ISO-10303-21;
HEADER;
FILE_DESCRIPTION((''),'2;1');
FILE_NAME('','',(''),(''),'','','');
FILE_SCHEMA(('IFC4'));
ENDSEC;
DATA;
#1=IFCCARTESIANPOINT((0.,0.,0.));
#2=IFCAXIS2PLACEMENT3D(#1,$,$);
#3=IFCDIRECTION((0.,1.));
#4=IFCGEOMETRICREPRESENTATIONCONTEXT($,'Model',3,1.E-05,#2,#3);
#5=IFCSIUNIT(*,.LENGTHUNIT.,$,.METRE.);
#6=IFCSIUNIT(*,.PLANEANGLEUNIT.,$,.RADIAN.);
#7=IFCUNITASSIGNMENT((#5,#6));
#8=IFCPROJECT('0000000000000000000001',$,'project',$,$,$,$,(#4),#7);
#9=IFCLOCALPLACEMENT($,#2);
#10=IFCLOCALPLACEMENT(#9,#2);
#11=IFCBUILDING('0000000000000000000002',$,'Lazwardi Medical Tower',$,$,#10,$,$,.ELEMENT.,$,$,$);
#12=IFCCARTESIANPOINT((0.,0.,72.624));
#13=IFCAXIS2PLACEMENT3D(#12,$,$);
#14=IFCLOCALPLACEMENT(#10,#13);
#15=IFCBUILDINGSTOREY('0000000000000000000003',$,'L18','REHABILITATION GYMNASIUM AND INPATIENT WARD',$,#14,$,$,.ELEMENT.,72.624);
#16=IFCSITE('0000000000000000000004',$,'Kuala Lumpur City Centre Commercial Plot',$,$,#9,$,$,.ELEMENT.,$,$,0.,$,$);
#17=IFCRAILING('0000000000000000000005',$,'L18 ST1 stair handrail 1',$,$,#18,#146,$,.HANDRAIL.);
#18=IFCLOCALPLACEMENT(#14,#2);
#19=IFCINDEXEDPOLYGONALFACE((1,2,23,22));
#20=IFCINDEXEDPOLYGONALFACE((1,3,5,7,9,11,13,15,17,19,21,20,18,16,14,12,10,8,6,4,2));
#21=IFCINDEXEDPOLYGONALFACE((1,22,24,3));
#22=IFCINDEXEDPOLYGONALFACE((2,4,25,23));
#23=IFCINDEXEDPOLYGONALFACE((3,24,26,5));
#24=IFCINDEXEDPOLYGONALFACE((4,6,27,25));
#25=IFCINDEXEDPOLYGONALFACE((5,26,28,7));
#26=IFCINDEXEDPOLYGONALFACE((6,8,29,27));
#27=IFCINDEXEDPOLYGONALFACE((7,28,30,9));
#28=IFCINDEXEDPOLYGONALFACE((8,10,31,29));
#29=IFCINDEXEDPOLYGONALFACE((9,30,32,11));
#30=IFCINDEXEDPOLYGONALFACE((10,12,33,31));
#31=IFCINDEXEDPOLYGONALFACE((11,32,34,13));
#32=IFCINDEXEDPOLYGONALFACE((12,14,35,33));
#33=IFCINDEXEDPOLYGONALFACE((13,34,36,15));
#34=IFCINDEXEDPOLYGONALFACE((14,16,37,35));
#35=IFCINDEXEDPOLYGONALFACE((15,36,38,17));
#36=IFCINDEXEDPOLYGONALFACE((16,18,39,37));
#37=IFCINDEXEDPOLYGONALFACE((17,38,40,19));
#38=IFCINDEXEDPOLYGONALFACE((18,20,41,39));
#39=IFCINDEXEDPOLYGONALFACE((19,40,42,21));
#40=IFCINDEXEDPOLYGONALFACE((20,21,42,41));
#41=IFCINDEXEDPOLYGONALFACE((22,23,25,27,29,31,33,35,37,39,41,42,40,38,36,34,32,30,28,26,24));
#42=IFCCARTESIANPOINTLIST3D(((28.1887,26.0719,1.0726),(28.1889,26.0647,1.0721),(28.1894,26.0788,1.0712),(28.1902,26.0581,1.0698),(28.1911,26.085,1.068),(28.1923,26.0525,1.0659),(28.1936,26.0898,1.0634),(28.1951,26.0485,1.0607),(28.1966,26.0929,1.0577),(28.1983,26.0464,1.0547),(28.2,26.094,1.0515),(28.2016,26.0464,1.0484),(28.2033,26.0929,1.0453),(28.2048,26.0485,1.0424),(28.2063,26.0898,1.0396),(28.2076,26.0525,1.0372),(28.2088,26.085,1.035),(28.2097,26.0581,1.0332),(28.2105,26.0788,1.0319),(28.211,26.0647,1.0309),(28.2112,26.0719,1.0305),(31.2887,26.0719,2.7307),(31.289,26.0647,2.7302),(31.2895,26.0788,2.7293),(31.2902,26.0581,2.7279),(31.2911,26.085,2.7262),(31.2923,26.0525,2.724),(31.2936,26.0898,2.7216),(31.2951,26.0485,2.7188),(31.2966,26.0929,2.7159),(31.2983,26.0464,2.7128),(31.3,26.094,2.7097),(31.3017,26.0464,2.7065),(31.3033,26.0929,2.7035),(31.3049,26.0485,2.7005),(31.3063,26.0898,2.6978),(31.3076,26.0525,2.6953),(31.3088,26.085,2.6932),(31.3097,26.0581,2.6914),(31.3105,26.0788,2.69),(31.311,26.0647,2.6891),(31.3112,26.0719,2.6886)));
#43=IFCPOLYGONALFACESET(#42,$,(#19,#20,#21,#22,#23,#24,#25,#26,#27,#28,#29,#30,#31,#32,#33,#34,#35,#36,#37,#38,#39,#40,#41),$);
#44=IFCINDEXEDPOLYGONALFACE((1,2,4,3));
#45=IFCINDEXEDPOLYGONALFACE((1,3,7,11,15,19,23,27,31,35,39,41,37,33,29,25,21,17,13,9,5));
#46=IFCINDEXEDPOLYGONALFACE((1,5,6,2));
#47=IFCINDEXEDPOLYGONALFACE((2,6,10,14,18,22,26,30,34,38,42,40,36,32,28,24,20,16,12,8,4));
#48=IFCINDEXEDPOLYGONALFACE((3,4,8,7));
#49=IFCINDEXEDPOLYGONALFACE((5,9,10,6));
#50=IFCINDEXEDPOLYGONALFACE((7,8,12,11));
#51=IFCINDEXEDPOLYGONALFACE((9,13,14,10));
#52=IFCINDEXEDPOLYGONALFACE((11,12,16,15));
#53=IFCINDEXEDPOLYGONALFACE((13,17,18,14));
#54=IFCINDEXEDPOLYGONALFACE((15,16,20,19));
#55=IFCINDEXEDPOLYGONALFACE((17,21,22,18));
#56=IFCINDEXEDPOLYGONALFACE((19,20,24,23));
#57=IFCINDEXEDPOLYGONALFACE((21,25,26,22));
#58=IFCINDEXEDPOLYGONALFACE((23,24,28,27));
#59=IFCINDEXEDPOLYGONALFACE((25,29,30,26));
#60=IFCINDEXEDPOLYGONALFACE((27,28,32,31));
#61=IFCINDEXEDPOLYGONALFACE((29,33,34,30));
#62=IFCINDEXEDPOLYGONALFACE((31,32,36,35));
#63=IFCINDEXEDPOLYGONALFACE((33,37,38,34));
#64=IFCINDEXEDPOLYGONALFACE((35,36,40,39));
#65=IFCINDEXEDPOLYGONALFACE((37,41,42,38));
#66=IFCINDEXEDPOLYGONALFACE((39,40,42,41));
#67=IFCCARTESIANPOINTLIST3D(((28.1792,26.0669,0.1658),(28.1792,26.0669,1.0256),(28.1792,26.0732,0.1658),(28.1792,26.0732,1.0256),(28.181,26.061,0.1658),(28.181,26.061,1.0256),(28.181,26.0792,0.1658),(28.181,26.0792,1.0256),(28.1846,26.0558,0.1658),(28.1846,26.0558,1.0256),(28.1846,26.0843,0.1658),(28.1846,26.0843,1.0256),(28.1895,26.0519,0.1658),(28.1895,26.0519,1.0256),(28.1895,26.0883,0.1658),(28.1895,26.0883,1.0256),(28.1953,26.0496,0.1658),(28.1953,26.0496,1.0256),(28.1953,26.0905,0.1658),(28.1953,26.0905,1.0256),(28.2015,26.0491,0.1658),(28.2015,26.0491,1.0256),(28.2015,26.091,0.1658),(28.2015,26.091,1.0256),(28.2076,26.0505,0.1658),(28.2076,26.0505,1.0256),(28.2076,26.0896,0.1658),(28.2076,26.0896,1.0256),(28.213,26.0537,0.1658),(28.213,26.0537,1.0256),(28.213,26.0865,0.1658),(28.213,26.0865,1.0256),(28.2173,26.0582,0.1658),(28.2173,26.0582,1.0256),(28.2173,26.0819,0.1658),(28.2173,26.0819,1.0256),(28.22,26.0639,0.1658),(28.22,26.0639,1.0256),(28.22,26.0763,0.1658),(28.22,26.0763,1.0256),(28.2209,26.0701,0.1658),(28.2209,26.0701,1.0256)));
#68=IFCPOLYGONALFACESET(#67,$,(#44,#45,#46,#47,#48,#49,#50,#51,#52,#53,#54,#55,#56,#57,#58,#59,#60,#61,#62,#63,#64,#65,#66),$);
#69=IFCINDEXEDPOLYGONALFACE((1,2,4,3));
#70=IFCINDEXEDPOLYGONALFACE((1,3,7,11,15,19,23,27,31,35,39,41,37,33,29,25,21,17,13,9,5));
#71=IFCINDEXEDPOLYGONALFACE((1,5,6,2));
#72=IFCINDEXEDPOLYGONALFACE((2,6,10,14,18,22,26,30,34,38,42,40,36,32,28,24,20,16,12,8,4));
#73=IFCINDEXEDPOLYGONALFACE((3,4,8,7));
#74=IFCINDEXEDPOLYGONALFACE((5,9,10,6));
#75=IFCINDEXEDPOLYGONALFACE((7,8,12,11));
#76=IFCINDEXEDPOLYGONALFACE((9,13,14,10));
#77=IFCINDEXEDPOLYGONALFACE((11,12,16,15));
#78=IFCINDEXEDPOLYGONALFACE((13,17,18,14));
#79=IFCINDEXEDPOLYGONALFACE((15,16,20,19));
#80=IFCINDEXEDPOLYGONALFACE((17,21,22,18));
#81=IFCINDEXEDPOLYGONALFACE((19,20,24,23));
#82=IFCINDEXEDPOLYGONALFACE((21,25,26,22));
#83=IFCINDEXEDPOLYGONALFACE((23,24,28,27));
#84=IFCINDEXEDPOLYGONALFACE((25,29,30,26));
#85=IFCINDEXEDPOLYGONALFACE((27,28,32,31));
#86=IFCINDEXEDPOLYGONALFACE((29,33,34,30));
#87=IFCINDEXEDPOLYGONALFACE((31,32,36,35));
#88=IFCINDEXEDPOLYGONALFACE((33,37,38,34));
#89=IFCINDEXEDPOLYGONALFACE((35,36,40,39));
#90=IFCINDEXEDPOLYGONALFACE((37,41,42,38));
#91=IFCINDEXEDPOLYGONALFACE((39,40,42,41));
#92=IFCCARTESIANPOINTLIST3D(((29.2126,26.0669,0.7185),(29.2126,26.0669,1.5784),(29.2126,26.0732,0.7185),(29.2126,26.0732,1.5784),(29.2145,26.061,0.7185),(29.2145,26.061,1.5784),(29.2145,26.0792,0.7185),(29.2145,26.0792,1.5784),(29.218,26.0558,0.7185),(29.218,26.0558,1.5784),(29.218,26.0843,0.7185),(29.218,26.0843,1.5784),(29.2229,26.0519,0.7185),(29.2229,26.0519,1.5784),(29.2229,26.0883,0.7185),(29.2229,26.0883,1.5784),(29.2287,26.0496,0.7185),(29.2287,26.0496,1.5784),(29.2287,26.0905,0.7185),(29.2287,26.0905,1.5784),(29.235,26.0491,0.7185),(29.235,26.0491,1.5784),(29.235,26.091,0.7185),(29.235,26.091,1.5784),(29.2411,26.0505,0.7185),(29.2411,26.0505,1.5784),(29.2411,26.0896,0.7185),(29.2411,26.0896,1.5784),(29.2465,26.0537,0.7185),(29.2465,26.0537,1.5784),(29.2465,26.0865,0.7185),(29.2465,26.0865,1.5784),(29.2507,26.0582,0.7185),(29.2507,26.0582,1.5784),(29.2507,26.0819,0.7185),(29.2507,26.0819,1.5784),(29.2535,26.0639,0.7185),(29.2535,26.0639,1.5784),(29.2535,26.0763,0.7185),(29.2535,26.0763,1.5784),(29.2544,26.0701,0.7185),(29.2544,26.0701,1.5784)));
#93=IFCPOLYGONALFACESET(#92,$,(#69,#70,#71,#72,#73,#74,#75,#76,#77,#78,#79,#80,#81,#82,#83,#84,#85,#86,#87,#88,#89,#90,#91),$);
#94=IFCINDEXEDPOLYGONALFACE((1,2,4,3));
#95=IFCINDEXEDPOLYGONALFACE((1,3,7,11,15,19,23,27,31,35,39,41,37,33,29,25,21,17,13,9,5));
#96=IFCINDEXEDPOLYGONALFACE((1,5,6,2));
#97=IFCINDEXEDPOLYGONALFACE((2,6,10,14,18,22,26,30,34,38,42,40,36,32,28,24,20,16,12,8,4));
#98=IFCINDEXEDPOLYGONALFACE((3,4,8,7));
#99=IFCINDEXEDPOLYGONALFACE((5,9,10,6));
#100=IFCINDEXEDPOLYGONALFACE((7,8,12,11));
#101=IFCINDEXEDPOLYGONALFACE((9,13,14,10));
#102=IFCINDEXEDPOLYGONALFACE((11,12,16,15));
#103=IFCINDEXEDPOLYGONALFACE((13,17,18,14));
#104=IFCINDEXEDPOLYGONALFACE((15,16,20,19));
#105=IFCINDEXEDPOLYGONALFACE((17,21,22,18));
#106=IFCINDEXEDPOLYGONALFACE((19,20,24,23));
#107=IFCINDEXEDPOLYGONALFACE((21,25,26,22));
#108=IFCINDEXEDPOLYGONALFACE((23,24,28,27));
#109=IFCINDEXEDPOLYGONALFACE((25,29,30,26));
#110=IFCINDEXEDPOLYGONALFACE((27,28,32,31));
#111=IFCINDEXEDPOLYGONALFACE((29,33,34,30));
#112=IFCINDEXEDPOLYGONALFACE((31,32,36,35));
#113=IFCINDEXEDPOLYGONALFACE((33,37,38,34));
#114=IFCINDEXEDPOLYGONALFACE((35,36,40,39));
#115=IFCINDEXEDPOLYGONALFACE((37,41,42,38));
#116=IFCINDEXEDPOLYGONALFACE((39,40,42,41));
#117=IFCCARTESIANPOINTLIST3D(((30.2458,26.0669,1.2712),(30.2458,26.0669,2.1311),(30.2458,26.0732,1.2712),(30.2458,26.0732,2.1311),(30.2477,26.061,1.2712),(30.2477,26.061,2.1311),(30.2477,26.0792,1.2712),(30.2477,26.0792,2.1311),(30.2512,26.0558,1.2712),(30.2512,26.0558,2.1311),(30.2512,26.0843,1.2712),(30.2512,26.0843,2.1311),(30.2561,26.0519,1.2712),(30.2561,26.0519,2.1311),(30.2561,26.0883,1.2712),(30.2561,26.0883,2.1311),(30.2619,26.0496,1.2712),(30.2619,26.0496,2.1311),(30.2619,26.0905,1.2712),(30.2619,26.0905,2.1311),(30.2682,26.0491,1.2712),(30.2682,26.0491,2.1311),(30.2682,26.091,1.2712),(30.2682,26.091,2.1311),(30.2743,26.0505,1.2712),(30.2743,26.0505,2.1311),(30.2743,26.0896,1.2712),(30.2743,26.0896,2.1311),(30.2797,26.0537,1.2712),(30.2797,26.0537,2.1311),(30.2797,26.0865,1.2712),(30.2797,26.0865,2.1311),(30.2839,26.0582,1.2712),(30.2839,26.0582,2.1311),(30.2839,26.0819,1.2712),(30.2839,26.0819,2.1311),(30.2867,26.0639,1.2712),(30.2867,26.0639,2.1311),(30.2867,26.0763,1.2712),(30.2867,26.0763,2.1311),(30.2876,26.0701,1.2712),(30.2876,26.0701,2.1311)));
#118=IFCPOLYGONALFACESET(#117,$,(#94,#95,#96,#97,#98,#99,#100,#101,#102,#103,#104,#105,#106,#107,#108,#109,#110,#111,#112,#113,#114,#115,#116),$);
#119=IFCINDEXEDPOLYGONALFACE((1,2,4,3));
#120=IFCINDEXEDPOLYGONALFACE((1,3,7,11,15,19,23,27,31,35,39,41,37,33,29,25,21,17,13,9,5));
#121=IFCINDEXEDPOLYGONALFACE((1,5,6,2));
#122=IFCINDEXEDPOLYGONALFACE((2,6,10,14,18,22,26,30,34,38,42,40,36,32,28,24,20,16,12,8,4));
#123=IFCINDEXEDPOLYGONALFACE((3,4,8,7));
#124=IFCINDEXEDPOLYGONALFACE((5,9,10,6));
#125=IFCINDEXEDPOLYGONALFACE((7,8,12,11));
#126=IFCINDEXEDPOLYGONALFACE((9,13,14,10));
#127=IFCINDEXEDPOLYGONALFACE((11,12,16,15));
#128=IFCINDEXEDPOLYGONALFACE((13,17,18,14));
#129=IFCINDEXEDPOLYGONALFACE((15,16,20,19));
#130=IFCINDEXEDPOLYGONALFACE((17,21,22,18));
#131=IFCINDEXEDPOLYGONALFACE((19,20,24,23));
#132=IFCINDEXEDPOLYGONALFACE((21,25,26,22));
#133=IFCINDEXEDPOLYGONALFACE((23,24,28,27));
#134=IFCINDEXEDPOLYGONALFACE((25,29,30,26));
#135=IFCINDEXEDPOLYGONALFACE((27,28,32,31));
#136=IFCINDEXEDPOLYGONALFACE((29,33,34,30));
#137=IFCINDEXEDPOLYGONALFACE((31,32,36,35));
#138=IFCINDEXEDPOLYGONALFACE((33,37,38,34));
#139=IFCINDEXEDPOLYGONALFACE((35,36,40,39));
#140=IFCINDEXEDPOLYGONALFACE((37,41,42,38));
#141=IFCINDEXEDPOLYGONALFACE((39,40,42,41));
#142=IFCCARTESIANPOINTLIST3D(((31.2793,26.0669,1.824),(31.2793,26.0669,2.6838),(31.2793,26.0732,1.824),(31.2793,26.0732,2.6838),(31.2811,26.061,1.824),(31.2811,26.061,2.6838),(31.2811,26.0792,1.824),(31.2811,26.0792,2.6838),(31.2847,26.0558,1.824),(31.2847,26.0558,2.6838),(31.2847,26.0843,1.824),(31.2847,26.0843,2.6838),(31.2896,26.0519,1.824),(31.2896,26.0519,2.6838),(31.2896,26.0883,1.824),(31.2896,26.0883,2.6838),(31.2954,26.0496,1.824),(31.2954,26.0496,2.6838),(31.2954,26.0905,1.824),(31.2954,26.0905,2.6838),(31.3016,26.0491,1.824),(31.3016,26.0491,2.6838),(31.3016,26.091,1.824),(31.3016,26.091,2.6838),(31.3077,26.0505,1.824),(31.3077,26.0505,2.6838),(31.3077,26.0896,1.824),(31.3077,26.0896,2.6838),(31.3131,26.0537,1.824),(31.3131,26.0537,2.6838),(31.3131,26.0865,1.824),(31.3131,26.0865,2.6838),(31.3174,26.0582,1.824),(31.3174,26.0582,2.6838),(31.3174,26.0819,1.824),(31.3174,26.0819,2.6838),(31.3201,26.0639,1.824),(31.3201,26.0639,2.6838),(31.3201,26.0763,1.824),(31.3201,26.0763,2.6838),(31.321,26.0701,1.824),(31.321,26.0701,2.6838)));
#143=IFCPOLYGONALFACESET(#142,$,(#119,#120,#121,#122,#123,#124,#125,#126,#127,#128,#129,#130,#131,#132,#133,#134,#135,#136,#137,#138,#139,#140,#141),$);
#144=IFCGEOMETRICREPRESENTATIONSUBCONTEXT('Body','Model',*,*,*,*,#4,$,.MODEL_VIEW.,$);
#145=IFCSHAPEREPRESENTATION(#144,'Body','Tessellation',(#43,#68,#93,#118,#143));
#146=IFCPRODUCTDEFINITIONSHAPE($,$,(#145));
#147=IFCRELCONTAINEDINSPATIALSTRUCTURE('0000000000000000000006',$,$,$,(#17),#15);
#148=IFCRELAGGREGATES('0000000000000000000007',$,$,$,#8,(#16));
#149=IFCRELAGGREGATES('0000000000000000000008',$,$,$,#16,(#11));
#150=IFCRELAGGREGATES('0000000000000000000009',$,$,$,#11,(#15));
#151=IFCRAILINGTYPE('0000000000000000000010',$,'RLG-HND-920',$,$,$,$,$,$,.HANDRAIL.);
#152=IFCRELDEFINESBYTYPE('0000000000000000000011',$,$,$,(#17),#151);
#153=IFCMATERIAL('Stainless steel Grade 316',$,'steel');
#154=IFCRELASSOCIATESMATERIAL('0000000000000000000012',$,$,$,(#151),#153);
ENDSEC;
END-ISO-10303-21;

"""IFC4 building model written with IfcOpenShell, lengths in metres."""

from ifc_helpers import new_model, si_unit, direction, frame, origin, origin_2d, place, context, subcontext, project, spatial, circle, extrude, material, type_object, element, save


model = new_model("IFC4")

# Units and contexts
model_context = context("Model", 3, precision=1e-05, world=origin(), true_north=direction((0.0, 1.0)))
body_context = subcontext(model_context, "Body", "Model", "MODEL_VIEW")
ifc_project = project(units=[si_unit("LENGTHUNIT", "METRE"), si_unit("PLANEANGLEUNIT", "RADIAN")], contexts=[model_context])

# Site, building, storey
site_placement = place(None, origin())
site = spatial("IfcSite", under=ifc_project, at=site_placement, Name="Kuala Lumpur City Centre Commercial Plot", CompositionType="ELEMENT", RefElevation=0.0)
building_placement = place(site_placement, origin())
building = spatial("IfcBuilding", under=site, at=building_placement, Name="Lazwardi Medical Tower", CompositionType="ELEMENT")
storey_placement = place(building_placement, frame((0.0, 0.0, 72.624)))
storey = spatial("IfcBuildingStorey", under=building, at=storey_placement, Name="L18", Description="REHABILITATION GYMNASIUM AND INPATIENT WARD", CompositionType="ELEMENT", Elevation=72.624)

# Railing
ifc_material_1 = material(Name="Stainless steel Grade 316", Category="steel")
railing_type_1 = type_object("IfcRailingType", Name="RLG-HND-920", PredefinedType="HANDRAIL", material=ifc_material_1)
railing_1_placement = place(storey_placement, frame((28.2, 26.0701, 0.1658)))
element("IfcRailing", 1, at=railing_1_placement, inside=storey, type_object=railing_type_1, Name="L18 ST1 stair handrail 1", PredefinedType="HANDRAIL", context=body_context, shape_type="SweptSolid", body=[
    extrude(circle(Radius=0.0239, at=origin_2d()), frame((0.0, 0.0, 0.8857), z_axis=(0.881783, 0.0, 0.471655), x_axis=(0.0, 1.0, 0.0)), (0.0, 0.0, 1.0), 3.5156),
    extrude(circle(Radius=0.021, at=origin_2d()), origin(), (0.0, 0.0, 1.0), 0.8599),
    extrude(circle(Radius=0.021, at=origin_2d()), frame((1.0334, 0.0, 0.5527)), (0.0, 0.0, 1.0), 0.8599),
    extrude(circle(Radius=0.021, at=origin_2d()), frame((2.0667, 0.0, 1.1055)), (0.0, 0.0, 1.0), 0.8599),
    extrude(circle(Radius=0.021, at=origin_2d()), frame((3.1001, 0.0, 1.6582)), (0.0, 0.0, 1.0), 0.8599),
])

save(model, "model.ifc")
